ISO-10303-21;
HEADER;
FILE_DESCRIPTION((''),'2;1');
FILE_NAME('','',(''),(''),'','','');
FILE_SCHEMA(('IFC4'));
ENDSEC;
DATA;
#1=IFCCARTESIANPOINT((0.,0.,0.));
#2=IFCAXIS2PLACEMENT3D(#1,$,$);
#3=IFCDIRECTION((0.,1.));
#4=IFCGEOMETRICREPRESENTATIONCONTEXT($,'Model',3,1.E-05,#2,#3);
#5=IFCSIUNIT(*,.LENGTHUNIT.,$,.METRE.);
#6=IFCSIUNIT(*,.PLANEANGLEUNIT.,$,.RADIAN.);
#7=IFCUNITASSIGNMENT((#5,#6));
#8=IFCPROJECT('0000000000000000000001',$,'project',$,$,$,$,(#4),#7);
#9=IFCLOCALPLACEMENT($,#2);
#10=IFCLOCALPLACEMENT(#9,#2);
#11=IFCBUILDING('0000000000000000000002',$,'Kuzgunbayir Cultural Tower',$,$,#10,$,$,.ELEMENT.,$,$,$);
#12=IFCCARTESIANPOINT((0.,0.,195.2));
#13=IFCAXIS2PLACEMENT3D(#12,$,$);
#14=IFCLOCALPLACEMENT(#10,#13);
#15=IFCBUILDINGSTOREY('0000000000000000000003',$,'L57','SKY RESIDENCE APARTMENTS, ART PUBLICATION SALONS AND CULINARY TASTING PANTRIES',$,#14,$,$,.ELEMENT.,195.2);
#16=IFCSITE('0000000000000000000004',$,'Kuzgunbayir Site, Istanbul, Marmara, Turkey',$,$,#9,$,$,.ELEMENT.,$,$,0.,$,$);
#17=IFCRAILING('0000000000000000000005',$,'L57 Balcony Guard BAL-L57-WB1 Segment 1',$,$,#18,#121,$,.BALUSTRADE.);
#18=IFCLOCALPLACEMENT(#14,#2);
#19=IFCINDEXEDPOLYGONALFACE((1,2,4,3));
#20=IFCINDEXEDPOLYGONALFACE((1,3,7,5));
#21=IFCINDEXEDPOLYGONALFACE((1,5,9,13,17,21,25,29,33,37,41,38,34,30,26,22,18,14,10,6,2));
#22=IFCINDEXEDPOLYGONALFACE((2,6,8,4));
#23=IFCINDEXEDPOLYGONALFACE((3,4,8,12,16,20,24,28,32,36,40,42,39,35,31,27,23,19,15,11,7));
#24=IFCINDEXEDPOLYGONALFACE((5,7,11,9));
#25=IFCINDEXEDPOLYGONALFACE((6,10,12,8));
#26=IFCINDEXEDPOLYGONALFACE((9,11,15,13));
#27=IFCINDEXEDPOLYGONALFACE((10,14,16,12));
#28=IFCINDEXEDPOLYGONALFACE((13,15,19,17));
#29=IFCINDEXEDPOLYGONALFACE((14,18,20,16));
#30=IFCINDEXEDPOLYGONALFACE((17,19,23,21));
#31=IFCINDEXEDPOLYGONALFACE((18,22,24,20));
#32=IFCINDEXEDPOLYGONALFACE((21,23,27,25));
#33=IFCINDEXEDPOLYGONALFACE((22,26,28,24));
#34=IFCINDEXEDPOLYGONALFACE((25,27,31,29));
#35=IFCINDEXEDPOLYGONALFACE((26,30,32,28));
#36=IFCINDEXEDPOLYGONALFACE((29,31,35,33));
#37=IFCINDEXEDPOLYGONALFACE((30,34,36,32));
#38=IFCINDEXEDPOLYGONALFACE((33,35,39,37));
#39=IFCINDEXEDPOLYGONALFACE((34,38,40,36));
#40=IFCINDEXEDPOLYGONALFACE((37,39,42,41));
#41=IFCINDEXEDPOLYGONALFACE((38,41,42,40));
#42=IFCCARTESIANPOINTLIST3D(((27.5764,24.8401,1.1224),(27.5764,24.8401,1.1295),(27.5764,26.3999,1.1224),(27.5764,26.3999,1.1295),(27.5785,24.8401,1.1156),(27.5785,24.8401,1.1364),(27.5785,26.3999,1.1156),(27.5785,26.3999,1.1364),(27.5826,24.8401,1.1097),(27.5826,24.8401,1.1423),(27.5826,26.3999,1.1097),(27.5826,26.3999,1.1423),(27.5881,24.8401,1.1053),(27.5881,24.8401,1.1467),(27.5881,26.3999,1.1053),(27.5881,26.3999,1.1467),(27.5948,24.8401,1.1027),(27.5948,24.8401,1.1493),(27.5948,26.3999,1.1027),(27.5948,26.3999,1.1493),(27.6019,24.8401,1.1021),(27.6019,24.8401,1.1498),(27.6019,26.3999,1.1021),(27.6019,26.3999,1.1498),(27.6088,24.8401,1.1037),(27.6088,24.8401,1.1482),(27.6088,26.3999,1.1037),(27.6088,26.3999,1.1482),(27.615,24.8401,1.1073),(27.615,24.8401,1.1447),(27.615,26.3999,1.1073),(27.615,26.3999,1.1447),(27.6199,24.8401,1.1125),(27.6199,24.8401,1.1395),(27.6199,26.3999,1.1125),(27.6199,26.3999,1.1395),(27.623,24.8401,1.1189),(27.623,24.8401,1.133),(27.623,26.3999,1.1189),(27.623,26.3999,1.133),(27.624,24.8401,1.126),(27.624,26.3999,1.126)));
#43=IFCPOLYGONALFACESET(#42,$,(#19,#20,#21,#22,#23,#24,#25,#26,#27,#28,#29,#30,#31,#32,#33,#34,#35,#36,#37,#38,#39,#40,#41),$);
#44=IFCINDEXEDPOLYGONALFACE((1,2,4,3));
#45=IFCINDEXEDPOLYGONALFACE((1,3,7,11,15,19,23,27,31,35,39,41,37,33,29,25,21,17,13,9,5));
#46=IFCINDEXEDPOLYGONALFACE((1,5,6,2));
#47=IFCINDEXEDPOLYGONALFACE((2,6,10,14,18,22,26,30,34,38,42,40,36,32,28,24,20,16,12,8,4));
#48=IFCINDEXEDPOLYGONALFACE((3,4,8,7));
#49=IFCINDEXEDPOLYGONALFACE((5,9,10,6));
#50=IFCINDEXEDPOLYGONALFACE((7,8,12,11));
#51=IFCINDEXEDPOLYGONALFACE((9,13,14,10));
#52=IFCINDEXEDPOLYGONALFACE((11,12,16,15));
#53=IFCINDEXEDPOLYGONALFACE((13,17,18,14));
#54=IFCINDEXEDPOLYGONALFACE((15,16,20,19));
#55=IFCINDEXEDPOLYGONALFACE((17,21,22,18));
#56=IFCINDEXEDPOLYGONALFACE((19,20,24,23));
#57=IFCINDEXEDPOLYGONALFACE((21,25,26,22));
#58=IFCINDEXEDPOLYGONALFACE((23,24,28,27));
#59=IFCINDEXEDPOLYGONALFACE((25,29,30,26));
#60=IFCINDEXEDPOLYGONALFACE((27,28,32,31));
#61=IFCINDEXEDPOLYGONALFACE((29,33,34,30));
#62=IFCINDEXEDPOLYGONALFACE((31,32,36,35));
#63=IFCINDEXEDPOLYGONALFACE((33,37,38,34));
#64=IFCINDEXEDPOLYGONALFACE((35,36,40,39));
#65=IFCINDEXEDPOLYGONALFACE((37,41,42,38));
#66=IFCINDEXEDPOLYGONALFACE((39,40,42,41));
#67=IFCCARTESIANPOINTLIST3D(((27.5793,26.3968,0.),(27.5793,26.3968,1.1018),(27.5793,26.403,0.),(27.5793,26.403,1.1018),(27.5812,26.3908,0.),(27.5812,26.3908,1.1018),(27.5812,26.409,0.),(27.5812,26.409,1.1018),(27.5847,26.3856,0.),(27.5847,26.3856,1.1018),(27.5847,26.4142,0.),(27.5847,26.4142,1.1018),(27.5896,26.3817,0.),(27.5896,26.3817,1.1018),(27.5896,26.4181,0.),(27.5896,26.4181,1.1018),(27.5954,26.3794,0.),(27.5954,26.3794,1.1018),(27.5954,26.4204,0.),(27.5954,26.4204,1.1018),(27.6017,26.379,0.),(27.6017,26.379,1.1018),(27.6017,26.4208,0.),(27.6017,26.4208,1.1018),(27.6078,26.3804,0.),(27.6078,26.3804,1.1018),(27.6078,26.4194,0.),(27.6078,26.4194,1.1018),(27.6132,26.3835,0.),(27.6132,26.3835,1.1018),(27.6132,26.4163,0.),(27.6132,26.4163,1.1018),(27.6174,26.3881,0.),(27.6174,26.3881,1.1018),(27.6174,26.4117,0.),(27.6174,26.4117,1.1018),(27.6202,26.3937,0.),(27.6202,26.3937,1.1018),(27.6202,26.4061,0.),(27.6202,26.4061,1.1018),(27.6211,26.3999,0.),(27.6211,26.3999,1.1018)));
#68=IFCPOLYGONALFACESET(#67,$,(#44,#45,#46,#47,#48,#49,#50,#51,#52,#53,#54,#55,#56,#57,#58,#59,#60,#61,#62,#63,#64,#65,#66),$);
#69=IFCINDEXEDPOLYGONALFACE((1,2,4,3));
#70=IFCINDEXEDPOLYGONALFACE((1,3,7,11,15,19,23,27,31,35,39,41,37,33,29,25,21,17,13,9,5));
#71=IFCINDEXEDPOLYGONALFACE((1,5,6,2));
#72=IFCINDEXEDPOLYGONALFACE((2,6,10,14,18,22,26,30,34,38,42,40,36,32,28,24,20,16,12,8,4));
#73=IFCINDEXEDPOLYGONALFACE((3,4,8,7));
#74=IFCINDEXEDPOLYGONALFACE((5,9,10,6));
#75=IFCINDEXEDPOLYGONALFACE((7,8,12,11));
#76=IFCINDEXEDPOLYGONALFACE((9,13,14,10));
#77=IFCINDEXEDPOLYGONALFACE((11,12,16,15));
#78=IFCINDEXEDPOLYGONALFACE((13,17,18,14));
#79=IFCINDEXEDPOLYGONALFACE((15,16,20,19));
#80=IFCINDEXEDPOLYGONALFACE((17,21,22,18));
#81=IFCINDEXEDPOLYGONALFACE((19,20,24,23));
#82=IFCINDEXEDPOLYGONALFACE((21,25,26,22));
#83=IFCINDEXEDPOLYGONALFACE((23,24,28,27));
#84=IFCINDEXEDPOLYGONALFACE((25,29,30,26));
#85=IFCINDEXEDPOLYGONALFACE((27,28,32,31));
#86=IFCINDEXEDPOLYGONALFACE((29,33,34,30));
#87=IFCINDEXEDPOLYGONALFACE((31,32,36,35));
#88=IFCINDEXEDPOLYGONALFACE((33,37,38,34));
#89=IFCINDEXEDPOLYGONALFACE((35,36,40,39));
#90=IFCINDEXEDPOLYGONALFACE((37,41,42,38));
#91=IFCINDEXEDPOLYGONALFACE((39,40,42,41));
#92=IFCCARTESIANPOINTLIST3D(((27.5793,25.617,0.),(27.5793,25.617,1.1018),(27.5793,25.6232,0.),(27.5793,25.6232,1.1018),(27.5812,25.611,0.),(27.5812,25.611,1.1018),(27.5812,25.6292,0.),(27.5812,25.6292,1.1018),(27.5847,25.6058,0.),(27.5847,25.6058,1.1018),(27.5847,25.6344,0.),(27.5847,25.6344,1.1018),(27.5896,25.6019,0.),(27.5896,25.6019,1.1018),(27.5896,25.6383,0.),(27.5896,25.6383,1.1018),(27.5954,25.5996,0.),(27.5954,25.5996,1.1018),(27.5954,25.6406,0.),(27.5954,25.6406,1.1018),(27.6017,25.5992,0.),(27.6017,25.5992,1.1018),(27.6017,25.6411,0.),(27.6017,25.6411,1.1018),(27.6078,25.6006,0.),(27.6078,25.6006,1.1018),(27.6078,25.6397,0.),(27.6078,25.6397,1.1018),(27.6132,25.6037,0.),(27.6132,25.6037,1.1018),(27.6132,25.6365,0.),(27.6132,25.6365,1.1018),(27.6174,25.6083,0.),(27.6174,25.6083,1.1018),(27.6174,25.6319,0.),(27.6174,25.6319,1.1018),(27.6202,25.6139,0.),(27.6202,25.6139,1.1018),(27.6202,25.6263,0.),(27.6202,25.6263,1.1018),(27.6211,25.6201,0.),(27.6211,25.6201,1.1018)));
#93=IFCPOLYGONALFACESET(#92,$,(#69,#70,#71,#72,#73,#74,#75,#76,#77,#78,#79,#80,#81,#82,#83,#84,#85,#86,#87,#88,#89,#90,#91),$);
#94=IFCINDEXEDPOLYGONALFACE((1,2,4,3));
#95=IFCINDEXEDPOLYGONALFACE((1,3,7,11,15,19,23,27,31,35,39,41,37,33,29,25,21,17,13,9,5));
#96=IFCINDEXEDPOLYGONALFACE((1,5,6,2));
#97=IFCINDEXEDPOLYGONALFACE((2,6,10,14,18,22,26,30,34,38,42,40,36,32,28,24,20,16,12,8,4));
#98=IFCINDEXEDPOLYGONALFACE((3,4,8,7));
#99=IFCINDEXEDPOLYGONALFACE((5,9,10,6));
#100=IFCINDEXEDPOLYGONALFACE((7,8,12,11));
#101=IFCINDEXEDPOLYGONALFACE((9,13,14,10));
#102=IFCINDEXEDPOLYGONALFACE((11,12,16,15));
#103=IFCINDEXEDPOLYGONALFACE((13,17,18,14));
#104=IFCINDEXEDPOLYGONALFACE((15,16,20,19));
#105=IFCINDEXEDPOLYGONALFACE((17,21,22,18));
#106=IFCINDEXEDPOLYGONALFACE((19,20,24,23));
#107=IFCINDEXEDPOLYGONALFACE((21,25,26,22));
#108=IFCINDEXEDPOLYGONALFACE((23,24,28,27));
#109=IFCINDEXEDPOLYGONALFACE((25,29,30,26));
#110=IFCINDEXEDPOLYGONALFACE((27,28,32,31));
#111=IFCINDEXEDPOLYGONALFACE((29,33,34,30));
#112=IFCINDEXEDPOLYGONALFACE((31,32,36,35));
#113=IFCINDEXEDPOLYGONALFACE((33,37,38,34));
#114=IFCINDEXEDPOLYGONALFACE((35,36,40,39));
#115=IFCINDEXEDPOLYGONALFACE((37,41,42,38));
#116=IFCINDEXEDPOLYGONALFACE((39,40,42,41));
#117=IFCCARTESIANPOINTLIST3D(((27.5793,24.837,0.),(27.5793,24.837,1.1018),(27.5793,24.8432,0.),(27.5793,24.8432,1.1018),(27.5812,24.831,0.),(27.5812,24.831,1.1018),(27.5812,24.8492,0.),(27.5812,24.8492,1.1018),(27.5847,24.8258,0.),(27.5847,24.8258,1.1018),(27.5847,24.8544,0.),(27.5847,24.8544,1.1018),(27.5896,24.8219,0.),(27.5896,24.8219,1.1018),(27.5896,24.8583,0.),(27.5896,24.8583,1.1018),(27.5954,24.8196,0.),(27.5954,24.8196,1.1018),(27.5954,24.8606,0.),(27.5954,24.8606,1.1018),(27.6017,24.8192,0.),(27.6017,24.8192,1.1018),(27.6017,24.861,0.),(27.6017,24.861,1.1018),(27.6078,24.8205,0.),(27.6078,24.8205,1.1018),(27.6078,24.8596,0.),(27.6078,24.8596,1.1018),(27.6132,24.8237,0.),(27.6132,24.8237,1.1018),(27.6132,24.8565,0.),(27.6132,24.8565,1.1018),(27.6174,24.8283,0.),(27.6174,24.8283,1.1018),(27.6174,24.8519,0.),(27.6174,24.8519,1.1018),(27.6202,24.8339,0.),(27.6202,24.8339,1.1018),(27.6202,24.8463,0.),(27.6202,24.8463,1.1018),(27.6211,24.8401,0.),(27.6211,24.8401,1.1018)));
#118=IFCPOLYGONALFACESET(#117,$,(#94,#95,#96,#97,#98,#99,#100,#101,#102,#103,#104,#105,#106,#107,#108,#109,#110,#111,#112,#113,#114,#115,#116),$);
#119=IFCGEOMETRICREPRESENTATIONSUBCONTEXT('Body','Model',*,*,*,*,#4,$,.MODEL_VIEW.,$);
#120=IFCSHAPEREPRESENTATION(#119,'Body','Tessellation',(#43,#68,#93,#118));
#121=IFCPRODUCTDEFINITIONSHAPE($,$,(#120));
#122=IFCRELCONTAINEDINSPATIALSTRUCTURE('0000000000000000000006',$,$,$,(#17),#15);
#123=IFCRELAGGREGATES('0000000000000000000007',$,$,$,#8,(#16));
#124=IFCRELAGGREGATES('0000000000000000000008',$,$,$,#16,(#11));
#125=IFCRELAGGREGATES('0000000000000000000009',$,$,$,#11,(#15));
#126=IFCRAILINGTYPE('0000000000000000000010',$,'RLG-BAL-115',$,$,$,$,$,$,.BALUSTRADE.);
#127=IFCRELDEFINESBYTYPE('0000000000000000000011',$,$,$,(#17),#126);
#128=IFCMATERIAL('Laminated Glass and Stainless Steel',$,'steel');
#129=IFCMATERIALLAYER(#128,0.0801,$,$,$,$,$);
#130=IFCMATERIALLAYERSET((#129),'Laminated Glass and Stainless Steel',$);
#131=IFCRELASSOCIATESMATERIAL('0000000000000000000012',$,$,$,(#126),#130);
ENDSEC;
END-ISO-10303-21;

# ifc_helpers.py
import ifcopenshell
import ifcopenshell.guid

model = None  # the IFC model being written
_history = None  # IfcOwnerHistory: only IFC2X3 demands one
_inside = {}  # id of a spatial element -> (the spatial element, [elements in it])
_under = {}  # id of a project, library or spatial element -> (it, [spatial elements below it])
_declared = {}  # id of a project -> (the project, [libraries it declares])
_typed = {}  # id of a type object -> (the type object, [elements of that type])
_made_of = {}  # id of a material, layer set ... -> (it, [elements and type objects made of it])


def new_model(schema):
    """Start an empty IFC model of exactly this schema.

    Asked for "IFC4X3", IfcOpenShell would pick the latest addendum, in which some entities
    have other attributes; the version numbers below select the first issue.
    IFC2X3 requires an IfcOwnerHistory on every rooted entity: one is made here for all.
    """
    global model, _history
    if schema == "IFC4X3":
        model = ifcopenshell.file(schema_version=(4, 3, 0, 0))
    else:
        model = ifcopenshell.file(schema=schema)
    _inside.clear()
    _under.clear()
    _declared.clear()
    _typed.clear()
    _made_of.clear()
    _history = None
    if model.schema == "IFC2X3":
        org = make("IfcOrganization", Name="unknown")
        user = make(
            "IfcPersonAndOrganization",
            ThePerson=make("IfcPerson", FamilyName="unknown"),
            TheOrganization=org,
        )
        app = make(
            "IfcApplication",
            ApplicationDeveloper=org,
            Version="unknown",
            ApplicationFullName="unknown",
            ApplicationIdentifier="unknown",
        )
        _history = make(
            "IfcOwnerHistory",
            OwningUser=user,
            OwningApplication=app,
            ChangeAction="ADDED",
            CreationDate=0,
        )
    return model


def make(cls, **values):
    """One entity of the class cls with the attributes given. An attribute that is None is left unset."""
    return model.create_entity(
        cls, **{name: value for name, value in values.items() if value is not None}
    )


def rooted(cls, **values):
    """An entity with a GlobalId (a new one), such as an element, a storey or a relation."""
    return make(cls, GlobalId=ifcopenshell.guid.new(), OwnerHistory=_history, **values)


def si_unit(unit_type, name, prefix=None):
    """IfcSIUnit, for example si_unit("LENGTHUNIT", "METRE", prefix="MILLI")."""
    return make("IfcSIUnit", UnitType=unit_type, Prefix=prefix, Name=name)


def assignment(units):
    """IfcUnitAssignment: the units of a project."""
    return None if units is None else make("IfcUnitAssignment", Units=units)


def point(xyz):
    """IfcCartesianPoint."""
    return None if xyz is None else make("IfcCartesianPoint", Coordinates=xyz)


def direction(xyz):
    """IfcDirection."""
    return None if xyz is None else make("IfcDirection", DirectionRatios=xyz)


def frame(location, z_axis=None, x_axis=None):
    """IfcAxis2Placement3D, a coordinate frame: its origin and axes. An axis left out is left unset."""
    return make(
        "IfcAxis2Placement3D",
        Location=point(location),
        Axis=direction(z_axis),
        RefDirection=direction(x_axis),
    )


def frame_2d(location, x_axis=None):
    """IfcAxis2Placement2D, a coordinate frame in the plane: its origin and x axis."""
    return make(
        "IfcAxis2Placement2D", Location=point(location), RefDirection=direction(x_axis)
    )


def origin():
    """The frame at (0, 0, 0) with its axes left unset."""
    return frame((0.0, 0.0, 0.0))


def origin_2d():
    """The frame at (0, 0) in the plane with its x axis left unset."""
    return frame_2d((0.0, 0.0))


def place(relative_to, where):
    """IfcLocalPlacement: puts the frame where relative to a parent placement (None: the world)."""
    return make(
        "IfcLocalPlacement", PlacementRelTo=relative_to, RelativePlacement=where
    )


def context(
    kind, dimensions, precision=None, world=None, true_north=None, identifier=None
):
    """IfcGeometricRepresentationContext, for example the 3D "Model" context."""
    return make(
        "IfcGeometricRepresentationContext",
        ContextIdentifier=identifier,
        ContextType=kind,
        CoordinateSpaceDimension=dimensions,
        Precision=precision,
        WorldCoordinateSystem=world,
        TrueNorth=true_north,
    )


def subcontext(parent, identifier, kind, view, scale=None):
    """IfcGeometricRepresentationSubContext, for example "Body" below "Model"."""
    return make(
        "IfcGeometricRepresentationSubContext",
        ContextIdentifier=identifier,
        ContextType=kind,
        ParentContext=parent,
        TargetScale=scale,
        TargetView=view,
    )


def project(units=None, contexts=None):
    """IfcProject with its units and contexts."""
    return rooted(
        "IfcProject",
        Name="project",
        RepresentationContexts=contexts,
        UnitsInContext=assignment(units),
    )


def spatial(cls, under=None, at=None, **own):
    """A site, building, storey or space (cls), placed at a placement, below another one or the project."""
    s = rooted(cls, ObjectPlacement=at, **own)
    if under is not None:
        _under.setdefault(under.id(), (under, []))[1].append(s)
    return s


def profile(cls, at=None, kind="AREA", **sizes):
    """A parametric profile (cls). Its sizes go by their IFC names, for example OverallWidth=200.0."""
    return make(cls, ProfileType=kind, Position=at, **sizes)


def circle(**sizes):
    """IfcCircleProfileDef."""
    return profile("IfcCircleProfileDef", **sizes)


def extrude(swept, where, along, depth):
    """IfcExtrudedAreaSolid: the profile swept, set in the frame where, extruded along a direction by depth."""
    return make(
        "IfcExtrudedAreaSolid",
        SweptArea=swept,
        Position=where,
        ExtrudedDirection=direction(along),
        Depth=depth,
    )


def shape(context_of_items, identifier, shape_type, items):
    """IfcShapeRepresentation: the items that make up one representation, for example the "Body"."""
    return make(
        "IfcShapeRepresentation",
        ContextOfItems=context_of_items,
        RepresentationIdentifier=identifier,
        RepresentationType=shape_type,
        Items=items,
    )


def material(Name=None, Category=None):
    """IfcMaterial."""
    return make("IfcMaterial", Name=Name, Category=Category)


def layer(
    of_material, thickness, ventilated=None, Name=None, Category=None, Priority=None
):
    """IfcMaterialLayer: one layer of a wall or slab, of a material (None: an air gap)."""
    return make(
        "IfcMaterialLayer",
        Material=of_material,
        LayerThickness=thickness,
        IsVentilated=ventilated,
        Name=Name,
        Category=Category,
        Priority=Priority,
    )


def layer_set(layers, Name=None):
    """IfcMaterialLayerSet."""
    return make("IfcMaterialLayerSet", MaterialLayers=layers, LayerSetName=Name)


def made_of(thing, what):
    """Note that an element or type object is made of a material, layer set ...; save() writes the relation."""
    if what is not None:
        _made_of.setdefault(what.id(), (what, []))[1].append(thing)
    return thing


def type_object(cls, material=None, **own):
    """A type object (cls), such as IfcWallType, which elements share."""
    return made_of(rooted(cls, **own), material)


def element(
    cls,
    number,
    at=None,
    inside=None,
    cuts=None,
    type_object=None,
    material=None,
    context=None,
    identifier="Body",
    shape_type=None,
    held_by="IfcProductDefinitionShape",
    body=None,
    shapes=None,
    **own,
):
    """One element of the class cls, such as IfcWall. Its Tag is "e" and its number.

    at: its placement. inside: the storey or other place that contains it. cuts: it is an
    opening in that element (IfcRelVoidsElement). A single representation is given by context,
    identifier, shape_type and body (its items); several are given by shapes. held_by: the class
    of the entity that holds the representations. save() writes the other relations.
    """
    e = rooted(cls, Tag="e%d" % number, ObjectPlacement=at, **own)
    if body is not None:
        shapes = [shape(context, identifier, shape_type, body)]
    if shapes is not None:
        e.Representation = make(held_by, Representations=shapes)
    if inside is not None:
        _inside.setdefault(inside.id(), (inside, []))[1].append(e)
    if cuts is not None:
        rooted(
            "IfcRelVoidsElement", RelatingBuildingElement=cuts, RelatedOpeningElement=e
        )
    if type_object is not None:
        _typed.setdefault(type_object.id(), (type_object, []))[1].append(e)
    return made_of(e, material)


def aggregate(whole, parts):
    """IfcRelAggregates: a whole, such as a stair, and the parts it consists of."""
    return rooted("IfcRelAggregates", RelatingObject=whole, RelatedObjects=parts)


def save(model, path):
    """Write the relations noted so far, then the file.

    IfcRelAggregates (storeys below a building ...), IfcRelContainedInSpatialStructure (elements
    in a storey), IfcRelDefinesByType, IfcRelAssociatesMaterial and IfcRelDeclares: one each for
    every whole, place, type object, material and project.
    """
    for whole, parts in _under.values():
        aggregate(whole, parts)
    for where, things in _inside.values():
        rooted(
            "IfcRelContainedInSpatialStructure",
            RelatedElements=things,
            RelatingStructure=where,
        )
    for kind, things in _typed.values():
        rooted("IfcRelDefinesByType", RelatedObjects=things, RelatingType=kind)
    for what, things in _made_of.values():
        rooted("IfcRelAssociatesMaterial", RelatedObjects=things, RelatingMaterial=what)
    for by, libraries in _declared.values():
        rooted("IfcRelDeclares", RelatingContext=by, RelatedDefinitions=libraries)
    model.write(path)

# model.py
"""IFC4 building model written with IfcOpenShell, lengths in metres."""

from ifc_helpers import new_model, si_unit, direction, frame, origin, origin_2d, place, context, subcontext, project, spatial, circle, extrude, material, layer, layer_set, type_object, element, save


model = new_model("IFC4")

# Units and contexts
model_context = context("Model", 3, precision=1e-05, world=origin(), true_north=direction((0.0, 1.0)))
body_context = subcontext(model_context, "Body", "Model", "MODEL_VIEW")
ifc_project = project(units=[si_unit("LENGTHUNIT", "METRE"), si_unit("PLANEANGLEUNIT", "RADIAN")], contexts=[model_context])

# Site, building, storey
site_placement = place(None, origin())
site = spatial("IfcSite", under=ifc_project, at=site_placement, Name="Kuzgunbayir Site, Istanbul, Marmara, Turkey", CompositionType="ELEMENT", RefElevation=0.0)
building_placement = place(site_placement, origin())
building = spatial("IfcBuilding", under=site, at=building_placement, Name="Kuzgunbayir Cultural Tower", CompositionType="ELEMENT")
storey_placement = place(building_placement, frame((0.0, 0.0, 195.2)))
storey = spatial("IfcBuildingStorey", under=building, at=storey_placement, Name="L57", Description="SKY RESIDENCE APARTMENTS, ART PUBLICATION SALONS AND CULINARY TASTING PANTRIES", CompositionType="ELEMENT", Elevation=195.2)

# Railing
ifc_material_1 = material(Name="Laminated Glass and Stainless Steel", Category="steel")
ifc_layer_1 = layer(ifc_material_1, 0.0801)
ifc_layer_set_1 = layer_set([ifc_layer_1], Name="Laminated Glass and Stainless Steel")
railing_type = type_object("IfcRailingType", Name="RLG-BAL-115", PredefinedType="BALUSTRADE", material=ifc_layer_set_1)
railing_1_placement = place(storey_placement, frame((27.6001, 26.3999, 0.0)))
element("IfcRailing", 1, at=railing_1_placement, inside=storey, type_object=railing_type, Name="L57 Balcony Guard BAL-L57-WB1 Segment 1", PredefinedType="BALUSTRADE", context=body_context, shape_type="SweptSolid", body=[
    extrude(circle(Radius=0.0239, at=origin_2d()), frame((0.0, 0.0, 1.126), z_axis=(0.0, -1.0, 0.0), x_axis=(1.0, 0.0, 0.0)), (0.0, 0.0, 1.0), 1.5598),
    extrude(circle(Radius=0.021, at=origin_2d()), origin(), (0.0, 0.0, 1.0), 1.1018),
    extrude(circle(Radius=0.021, at=origin_2d()), frame((0.0, -0.7798, 0.0)), (0.0, 0.0, 1.0), 1.1018),
    extrude(circle(Radius=0.021, at=origin_2d()), frame((0.0, -1.5598, 0.0)), (0.0, 0.0, 1.0), 1.1018),
])

save(model, "model.ifc")
